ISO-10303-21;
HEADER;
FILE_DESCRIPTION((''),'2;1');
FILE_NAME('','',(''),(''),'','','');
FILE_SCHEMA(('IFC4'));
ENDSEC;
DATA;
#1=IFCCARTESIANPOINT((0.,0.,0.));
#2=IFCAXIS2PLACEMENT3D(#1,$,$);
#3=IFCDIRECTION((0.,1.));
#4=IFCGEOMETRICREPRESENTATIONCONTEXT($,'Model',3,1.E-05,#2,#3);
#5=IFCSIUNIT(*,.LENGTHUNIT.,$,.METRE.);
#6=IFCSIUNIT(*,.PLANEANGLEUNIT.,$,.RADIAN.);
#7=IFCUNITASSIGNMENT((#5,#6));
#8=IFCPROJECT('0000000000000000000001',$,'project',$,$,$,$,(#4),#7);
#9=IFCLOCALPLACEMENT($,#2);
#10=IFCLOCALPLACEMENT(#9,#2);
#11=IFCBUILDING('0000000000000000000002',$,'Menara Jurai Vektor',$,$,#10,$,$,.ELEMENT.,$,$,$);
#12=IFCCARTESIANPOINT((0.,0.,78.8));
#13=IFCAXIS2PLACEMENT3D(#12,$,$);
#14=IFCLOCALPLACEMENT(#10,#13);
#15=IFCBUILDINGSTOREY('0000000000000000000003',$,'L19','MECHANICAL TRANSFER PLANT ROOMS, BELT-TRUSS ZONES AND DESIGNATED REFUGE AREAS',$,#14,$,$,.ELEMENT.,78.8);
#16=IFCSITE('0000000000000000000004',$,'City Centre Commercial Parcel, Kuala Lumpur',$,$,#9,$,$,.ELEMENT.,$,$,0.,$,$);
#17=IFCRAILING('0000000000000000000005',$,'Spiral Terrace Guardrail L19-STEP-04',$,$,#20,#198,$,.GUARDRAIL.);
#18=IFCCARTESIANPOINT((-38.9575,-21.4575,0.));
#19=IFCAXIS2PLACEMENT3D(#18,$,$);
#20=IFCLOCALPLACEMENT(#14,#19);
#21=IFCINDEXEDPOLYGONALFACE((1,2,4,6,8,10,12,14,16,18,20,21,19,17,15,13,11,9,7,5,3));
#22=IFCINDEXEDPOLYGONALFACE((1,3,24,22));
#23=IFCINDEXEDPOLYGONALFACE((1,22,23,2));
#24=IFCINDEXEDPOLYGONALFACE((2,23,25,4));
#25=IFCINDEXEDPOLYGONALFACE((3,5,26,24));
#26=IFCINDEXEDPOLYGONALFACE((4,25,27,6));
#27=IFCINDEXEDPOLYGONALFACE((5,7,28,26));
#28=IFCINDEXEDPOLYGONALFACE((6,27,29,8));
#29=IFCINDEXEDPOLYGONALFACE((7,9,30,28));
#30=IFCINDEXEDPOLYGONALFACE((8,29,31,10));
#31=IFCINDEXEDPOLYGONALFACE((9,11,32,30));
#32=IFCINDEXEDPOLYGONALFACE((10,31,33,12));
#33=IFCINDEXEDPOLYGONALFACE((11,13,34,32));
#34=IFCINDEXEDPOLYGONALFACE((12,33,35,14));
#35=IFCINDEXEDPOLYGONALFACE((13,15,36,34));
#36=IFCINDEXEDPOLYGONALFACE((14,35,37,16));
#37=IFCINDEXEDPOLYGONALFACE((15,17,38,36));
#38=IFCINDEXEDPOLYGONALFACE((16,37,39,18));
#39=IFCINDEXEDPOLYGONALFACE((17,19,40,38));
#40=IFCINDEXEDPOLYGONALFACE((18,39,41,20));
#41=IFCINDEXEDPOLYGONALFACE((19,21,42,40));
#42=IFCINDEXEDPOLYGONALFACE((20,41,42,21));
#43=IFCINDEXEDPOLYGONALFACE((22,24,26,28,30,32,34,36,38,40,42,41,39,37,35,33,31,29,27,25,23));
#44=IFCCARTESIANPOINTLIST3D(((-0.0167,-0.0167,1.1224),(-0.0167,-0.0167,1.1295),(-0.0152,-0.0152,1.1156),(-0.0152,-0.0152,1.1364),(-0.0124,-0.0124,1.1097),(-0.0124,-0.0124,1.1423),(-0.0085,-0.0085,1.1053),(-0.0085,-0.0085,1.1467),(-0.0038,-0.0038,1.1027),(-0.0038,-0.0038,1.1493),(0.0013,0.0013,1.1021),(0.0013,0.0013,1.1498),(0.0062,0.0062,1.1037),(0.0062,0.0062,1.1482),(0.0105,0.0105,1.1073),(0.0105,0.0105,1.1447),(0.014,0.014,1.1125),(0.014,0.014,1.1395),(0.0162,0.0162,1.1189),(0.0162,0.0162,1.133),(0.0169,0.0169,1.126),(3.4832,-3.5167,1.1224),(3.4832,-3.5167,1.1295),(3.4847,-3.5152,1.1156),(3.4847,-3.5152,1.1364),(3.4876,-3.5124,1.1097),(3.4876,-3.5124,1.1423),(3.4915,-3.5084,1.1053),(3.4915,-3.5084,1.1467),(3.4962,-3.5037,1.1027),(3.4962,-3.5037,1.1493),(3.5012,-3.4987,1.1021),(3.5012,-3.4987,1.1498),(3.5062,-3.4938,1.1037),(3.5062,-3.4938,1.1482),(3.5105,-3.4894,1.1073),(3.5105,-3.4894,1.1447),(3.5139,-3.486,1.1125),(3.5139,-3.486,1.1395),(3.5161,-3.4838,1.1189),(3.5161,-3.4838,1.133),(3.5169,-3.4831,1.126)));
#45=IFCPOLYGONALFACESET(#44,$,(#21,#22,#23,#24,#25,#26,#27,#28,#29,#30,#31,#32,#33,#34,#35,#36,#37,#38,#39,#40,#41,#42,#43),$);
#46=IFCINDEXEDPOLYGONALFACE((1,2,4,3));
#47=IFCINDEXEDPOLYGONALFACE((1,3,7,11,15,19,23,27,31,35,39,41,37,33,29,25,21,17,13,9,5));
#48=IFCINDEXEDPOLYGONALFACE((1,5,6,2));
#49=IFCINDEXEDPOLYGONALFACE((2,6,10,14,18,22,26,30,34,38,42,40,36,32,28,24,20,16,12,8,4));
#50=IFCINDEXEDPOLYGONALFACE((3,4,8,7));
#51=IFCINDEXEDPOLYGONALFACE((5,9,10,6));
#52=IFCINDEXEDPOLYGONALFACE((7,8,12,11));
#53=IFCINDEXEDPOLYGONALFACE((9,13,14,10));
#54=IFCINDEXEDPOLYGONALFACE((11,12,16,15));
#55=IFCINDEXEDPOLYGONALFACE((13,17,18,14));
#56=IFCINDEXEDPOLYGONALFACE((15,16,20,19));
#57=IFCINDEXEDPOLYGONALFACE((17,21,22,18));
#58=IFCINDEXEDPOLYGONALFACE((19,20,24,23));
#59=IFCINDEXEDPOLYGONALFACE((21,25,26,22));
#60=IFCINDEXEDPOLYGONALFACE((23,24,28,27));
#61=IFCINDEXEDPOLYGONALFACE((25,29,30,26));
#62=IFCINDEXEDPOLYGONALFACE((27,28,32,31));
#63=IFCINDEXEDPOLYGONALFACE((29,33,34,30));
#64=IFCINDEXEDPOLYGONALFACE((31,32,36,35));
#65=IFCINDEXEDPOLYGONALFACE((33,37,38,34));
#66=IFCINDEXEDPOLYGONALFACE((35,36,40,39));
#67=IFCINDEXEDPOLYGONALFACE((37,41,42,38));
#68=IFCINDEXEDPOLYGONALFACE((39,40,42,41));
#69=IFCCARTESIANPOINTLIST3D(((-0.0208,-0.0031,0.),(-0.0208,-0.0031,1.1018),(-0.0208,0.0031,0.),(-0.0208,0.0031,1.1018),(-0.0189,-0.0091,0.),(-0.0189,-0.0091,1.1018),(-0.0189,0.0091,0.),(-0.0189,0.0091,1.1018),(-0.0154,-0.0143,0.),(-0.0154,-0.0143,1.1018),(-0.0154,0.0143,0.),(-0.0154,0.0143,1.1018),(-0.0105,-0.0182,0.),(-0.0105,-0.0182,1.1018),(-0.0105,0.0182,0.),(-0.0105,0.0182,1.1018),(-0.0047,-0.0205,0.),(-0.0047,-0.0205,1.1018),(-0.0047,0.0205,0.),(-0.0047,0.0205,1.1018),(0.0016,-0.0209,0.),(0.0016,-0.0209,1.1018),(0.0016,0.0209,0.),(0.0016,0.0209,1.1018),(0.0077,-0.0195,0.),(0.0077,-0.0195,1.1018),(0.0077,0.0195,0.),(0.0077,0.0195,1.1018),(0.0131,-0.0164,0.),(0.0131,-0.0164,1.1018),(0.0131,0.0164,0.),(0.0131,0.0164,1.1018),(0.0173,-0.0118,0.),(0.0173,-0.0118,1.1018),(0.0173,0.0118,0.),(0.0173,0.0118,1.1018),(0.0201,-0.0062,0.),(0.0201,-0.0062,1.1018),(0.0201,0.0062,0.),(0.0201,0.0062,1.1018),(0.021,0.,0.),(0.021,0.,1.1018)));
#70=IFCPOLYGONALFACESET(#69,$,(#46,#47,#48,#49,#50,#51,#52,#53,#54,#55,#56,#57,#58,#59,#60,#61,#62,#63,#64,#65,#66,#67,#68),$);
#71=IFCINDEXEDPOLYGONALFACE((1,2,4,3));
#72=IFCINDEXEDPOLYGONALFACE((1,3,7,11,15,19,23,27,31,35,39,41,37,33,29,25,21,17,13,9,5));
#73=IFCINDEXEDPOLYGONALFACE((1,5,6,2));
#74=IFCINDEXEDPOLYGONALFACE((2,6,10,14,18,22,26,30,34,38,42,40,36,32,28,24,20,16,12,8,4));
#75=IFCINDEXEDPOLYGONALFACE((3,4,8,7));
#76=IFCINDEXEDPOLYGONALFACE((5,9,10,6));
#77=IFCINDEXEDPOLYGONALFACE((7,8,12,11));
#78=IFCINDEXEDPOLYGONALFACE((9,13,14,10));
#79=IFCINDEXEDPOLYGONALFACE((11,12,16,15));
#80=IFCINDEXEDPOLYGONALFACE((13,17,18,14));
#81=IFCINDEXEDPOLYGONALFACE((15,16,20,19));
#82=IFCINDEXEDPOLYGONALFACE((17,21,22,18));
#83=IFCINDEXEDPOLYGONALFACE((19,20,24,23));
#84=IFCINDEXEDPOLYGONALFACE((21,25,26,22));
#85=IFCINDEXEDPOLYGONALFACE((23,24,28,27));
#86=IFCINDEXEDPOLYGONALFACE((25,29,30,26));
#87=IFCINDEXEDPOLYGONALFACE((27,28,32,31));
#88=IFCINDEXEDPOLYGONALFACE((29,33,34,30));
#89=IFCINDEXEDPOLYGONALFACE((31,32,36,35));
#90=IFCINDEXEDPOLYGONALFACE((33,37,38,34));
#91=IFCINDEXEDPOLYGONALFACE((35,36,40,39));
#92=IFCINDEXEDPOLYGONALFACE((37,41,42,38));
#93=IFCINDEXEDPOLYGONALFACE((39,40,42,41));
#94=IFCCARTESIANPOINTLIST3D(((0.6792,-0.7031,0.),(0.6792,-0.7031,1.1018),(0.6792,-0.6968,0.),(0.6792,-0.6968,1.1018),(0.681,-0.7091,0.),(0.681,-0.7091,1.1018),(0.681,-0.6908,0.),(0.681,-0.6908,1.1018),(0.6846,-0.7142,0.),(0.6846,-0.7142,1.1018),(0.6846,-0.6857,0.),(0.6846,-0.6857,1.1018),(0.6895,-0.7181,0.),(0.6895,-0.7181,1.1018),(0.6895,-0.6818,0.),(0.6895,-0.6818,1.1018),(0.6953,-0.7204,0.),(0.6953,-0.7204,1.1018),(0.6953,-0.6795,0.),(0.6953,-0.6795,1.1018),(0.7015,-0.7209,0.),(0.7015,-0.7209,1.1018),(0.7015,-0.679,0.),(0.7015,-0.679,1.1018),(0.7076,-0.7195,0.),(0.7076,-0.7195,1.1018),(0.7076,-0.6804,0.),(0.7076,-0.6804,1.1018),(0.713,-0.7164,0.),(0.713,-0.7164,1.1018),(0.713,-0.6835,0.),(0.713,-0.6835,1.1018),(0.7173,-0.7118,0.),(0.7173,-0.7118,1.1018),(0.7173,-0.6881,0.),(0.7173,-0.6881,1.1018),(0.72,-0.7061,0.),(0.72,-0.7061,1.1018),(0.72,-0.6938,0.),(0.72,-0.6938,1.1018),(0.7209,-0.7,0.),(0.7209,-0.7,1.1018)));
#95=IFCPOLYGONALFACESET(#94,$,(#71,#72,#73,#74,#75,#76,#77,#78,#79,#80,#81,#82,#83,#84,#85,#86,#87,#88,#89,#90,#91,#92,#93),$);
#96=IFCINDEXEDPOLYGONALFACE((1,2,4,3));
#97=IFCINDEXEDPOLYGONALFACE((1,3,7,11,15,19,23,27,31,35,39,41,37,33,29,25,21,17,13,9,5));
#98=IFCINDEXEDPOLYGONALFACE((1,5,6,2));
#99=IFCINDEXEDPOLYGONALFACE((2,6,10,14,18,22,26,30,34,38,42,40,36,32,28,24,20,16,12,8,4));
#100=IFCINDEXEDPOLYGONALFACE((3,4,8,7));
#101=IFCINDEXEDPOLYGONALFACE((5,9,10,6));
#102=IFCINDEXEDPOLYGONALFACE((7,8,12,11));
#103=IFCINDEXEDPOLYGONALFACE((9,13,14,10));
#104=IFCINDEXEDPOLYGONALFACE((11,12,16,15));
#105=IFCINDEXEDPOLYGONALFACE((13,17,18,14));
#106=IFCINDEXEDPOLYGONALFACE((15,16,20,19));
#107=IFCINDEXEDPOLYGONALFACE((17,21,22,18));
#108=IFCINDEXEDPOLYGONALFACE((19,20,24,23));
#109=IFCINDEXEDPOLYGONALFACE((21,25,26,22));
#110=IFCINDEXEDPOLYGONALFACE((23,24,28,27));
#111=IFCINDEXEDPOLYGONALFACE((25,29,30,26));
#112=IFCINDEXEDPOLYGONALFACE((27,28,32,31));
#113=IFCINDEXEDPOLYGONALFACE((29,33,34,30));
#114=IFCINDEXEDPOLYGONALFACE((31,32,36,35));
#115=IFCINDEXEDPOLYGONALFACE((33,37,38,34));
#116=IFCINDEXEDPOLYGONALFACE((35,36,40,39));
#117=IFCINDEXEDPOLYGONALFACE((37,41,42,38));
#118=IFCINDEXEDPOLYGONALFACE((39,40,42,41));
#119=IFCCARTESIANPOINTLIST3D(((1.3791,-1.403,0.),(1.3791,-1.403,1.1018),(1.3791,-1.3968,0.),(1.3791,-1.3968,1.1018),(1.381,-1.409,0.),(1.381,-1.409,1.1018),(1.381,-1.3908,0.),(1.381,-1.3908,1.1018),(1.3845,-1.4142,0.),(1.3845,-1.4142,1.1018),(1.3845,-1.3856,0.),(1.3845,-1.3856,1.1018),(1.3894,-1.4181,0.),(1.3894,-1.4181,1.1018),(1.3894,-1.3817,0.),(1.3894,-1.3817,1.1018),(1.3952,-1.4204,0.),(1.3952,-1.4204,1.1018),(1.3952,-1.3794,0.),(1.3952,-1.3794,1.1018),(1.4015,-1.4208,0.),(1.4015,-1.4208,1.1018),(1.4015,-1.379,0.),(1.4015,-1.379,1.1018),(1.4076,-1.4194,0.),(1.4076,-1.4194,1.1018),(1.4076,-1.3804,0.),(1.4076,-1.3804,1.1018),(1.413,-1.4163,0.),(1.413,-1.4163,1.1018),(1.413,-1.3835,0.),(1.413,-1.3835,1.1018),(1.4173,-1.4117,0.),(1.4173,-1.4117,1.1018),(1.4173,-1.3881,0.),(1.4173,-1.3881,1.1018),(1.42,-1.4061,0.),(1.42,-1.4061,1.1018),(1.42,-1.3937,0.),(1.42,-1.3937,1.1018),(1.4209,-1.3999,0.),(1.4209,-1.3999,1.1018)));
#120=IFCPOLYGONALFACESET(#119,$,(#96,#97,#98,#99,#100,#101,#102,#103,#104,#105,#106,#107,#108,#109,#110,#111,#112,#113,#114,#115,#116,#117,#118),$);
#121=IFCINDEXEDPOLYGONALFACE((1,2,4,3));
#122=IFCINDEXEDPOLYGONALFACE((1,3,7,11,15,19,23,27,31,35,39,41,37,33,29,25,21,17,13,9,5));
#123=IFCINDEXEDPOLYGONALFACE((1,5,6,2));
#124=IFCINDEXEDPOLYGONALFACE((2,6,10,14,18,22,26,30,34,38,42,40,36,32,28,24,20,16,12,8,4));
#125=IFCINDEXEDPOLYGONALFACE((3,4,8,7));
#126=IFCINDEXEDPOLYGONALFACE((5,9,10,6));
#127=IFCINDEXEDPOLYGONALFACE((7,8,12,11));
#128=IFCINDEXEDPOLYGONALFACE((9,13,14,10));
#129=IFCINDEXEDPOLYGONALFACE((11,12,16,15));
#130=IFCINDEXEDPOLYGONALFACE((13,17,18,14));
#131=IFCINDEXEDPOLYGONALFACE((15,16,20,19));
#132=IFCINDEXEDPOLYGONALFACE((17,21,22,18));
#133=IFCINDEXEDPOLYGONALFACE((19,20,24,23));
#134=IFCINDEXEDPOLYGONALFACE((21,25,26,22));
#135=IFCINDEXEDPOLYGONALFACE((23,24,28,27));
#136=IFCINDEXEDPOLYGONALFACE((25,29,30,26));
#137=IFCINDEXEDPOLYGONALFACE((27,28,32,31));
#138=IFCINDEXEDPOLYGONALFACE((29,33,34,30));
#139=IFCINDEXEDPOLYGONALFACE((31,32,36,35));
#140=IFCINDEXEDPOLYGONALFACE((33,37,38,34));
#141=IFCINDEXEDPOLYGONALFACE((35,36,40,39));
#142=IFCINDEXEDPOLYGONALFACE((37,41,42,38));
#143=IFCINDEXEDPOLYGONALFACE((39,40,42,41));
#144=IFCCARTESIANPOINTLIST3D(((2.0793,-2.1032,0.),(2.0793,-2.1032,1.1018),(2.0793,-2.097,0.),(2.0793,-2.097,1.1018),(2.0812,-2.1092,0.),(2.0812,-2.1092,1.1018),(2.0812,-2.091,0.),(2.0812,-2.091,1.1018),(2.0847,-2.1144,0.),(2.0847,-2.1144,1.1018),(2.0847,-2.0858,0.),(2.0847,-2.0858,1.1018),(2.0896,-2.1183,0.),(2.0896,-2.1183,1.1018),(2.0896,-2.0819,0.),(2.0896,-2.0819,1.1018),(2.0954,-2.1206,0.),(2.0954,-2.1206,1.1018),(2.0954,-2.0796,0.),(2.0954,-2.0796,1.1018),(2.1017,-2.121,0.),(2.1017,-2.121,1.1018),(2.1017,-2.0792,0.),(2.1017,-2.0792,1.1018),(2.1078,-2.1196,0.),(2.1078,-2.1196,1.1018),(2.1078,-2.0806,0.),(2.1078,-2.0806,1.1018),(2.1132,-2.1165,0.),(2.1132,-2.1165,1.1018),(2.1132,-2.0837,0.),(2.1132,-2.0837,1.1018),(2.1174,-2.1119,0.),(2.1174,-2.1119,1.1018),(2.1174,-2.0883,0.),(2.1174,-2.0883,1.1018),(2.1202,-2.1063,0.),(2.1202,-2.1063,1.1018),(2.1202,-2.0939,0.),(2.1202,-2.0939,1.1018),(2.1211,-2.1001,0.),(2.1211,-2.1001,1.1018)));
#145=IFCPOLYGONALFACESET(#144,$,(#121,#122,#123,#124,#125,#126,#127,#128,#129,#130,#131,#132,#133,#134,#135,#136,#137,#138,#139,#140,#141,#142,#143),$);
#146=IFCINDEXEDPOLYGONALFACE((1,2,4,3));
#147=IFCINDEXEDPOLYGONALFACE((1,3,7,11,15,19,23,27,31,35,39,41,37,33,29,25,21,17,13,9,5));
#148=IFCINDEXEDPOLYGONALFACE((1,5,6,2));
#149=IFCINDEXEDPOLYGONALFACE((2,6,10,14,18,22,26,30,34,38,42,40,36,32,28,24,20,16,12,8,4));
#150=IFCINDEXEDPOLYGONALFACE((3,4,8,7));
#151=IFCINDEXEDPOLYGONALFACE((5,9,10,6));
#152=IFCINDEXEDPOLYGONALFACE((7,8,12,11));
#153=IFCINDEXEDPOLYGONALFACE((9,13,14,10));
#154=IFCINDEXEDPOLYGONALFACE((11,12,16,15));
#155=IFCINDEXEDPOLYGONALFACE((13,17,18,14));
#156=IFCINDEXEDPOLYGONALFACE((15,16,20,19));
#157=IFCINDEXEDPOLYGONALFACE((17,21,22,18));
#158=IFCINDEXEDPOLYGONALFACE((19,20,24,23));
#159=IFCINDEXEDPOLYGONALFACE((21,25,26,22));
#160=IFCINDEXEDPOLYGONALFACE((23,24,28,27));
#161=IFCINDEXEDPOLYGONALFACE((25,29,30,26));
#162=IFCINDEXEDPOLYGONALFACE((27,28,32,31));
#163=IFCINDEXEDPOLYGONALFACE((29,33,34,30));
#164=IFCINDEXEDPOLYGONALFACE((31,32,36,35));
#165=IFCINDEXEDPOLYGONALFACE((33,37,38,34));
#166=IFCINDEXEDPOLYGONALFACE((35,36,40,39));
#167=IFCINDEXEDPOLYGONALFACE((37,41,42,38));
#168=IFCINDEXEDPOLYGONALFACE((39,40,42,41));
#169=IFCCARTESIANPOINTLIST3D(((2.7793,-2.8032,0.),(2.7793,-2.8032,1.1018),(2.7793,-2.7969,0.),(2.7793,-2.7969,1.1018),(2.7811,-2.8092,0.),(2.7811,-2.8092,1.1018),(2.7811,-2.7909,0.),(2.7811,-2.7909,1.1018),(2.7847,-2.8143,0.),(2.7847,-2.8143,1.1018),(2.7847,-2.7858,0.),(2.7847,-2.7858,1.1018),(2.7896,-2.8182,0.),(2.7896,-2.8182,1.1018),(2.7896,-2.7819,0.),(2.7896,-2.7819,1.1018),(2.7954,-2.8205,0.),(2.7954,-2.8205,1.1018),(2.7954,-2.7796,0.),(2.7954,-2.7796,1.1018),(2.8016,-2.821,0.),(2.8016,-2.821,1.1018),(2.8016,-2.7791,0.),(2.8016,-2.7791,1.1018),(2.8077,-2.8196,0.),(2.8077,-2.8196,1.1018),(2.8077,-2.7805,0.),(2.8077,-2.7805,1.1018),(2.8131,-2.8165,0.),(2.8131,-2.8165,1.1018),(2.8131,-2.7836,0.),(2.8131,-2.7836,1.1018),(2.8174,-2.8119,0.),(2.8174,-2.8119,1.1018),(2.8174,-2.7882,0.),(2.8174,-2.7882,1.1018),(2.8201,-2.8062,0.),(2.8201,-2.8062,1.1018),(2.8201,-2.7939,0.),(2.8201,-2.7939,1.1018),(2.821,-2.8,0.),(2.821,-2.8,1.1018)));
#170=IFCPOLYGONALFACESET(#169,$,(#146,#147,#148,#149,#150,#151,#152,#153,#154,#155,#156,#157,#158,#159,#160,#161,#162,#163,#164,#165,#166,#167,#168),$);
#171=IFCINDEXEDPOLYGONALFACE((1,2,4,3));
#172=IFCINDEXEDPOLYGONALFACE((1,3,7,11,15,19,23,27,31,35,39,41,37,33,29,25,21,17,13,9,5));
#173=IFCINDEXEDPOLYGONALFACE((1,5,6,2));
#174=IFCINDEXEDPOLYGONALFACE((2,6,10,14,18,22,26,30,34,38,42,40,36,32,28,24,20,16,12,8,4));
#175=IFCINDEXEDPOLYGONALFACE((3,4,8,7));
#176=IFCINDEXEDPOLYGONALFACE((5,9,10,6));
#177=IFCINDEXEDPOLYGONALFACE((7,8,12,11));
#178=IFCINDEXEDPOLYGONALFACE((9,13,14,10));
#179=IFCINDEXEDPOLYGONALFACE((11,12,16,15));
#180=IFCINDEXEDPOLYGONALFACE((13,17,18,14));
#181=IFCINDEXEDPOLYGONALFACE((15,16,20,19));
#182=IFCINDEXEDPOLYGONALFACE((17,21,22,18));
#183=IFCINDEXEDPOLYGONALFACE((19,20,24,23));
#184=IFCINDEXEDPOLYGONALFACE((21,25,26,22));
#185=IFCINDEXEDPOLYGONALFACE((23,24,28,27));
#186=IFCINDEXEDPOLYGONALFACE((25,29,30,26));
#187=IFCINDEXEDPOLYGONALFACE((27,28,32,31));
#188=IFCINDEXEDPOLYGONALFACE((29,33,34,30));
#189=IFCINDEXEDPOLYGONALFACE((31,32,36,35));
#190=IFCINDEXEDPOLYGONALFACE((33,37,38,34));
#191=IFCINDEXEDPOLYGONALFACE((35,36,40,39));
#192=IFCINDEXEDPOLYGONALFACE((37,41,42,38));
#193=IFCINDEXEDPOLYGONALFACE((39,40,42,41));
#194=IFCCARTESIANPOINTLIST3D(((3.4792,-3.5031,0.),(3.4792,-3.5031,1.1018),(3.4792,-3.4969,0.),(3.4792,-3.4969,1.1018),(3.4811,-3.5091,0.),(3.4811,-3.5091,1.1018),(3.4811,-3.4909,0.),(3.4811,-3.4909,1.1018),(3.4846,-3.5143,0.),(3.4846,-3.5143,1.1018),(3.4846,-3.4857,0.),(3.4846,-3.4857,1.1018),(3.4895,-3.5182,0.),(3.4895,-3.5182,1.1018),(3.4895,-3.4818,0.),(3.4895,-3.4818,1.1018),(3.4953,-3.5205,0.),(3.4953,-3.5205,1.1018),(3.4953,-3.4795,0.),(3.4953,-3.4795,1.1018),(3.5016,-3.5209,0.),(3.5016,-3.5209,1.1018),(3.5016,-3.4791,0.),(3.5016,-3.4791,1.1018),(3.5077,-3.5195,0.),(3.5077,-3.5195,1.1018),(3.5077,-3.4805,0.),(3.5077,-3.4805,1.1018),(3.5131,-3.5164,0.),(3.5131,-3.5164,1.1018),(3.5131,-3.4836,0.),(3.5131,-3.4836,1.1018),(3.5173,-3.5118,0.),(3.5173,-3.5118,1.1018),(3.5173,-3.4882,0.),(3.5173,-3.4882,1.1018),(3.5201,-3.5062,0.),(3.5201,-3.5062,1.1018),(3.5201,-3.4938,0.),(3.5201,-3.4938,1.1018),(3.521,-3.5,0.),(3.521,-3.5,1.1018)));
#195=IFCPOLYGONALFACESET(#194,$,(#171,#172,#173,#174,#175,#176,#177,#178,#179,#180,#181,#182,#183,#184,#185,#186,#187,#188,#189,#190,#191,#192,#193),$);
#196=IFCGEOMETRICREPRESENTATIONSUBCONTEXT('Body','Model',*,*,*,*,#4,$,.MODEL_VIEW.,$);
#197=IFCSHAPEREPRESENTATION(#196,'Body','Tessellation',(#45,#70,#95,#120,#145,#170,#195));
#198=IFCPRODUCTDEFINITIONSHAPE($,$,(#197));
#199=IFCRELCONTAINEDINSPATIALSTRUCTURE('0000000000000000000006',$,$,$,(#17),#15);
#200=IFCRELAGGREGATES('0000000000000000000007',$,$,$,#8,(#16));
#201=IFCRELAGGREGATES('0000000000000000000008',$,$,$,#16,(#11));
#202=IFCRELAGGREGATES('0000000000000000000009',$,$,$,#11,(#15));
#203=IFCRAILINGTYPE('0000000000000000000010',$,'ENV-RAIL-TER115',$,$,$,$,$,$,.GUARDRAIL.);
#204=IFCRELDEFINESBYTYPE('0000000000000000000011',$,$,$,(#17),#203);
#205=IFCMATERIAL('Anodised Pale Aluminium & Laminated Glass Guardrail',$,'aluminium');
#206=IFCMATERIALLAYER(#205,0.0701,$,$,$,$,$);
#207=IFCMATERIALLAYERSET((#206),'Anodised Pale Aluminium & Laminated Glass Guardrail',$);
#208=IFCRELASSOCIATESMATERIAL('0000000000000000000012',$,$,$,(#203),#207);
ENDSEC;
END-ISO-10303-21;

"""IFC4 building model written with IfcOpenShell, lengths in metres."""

from ifc_helpers import new_model, si_unit, direction, frame, origin, origin_2d, place, context, subcontext, project, spatial, circle, extrude, material, layer, layer_set, type_object, element, save


model = new_model("IFC4")

# Units and contexts
model_context = context("Model", 3, precision=1e-05, world=origin(), true_north=direction((0.0, 1.0)))
body_context = subcontext(model_context, "Body", "Model", "MODEL_VIEW")
ifc_project = project(units=[si_unit("LENGTHUNIT", "METRE"), si_unit("PLANEANGLEUNIT", "RADIAN")], contexts=[model_context])

# Site, building, storey
site_placement = place(None, origin())
site = spatial("IfcSite", under=ifc_project, at=site_placement, Name="City Centre Commercial Parcel, Kuala Lumpur", CompositionType="ELEMENT", RefElevation=0.0)
building_placement = place(site_placement, origin())
building = spatial("IfcBuilding", under=site, at=building_placement, Name="Menara Jurai Vektor", CompositionType="ELEMENT")
storey_placement = place(building_placement, frame((0.0, 0.0, 78.8)))
storey = spatial("IfcBuildingStorey", under=building, at=storey_placement, Name="L19", Description="MECHANICAL TRANSFER PLANT ROOMS, BELT-TRUSS ZONES AND DESIGNATED REFUGE AREAS", CompositionType="ELEMENT", Elevation=78.8)

# Railing
ifc_material_1 = material(Name="Anodised Pale Aluminium & Laminated Glass Guardrail", Category="aluminium")
ifc_layer_1 = layer(ifc_material_1, 0.0701)
ifc_layer_set_1 = layer_set([ifc_layer_1], Name="Anodised Pale Aluminium & Laminated Glass Guardrail")
railing_type = type_object("IfcRailingType", Name="ENV-RAIL-TER115", PredefinedType="GUARDRAIL", material=ifc_layer_set_1)
railing_1_placement = place(storey_placement, frame((-38.9575, -21.4575, 0.0)))
element("IfcRailing", 1, at=railing_1_placement, inside=storey, type_object=railing_type, Name="Spiral Terrace Guardrail L19-STEP-04", PredefinedType="GUARDRAIL", context=body_context, shape_type="SweptSolid", body=[
    extrude(circle(Radius=0.0239, at=origin_2d()), frame((0.0, 0.0, 1.126), z_axis=(0.707107, -0.707107, 0.0), x_axis=(0.707107, 0.707107, 0.0)), (0.0, 0.0, 1.0), 4.9497),
    extrude(circle(Radius=0.021, at=origin_2d()), origin(), (0.0, 0.0, 1.0), 1.1018),
    extrude(circle(Radius=0.021, at=origin_2d()), frame((0.7, -0.7, 0.0)), (0.0, 0.0, 1.0), 1.1018),
    extrude(circle(Radius=0.021, at=origin_2d()), frame((1.3999, -1.3999, 0.0)), (0.0, 0.0, 1.0), 1.1018),
    extrude(circle(Radius=0.021, at=origin_2d()), frame((2.1001, -2.1001, 0.0)), (0.0, 0.0, 1.0), 1.1018),
    extrude(circle(Radius=0.021, at=origin_2d()), frame((2.8, -2.8, 0.0)), (0.0, 0.0, 1.0), 1.1018),
    extrude(circle(Radius=0.021, at=origin_2d()), frame((3.5, -3.5, 0.0)), (0.0, 0.0, 1.0), 1.1018),
])

save(model, "model.ifc")
